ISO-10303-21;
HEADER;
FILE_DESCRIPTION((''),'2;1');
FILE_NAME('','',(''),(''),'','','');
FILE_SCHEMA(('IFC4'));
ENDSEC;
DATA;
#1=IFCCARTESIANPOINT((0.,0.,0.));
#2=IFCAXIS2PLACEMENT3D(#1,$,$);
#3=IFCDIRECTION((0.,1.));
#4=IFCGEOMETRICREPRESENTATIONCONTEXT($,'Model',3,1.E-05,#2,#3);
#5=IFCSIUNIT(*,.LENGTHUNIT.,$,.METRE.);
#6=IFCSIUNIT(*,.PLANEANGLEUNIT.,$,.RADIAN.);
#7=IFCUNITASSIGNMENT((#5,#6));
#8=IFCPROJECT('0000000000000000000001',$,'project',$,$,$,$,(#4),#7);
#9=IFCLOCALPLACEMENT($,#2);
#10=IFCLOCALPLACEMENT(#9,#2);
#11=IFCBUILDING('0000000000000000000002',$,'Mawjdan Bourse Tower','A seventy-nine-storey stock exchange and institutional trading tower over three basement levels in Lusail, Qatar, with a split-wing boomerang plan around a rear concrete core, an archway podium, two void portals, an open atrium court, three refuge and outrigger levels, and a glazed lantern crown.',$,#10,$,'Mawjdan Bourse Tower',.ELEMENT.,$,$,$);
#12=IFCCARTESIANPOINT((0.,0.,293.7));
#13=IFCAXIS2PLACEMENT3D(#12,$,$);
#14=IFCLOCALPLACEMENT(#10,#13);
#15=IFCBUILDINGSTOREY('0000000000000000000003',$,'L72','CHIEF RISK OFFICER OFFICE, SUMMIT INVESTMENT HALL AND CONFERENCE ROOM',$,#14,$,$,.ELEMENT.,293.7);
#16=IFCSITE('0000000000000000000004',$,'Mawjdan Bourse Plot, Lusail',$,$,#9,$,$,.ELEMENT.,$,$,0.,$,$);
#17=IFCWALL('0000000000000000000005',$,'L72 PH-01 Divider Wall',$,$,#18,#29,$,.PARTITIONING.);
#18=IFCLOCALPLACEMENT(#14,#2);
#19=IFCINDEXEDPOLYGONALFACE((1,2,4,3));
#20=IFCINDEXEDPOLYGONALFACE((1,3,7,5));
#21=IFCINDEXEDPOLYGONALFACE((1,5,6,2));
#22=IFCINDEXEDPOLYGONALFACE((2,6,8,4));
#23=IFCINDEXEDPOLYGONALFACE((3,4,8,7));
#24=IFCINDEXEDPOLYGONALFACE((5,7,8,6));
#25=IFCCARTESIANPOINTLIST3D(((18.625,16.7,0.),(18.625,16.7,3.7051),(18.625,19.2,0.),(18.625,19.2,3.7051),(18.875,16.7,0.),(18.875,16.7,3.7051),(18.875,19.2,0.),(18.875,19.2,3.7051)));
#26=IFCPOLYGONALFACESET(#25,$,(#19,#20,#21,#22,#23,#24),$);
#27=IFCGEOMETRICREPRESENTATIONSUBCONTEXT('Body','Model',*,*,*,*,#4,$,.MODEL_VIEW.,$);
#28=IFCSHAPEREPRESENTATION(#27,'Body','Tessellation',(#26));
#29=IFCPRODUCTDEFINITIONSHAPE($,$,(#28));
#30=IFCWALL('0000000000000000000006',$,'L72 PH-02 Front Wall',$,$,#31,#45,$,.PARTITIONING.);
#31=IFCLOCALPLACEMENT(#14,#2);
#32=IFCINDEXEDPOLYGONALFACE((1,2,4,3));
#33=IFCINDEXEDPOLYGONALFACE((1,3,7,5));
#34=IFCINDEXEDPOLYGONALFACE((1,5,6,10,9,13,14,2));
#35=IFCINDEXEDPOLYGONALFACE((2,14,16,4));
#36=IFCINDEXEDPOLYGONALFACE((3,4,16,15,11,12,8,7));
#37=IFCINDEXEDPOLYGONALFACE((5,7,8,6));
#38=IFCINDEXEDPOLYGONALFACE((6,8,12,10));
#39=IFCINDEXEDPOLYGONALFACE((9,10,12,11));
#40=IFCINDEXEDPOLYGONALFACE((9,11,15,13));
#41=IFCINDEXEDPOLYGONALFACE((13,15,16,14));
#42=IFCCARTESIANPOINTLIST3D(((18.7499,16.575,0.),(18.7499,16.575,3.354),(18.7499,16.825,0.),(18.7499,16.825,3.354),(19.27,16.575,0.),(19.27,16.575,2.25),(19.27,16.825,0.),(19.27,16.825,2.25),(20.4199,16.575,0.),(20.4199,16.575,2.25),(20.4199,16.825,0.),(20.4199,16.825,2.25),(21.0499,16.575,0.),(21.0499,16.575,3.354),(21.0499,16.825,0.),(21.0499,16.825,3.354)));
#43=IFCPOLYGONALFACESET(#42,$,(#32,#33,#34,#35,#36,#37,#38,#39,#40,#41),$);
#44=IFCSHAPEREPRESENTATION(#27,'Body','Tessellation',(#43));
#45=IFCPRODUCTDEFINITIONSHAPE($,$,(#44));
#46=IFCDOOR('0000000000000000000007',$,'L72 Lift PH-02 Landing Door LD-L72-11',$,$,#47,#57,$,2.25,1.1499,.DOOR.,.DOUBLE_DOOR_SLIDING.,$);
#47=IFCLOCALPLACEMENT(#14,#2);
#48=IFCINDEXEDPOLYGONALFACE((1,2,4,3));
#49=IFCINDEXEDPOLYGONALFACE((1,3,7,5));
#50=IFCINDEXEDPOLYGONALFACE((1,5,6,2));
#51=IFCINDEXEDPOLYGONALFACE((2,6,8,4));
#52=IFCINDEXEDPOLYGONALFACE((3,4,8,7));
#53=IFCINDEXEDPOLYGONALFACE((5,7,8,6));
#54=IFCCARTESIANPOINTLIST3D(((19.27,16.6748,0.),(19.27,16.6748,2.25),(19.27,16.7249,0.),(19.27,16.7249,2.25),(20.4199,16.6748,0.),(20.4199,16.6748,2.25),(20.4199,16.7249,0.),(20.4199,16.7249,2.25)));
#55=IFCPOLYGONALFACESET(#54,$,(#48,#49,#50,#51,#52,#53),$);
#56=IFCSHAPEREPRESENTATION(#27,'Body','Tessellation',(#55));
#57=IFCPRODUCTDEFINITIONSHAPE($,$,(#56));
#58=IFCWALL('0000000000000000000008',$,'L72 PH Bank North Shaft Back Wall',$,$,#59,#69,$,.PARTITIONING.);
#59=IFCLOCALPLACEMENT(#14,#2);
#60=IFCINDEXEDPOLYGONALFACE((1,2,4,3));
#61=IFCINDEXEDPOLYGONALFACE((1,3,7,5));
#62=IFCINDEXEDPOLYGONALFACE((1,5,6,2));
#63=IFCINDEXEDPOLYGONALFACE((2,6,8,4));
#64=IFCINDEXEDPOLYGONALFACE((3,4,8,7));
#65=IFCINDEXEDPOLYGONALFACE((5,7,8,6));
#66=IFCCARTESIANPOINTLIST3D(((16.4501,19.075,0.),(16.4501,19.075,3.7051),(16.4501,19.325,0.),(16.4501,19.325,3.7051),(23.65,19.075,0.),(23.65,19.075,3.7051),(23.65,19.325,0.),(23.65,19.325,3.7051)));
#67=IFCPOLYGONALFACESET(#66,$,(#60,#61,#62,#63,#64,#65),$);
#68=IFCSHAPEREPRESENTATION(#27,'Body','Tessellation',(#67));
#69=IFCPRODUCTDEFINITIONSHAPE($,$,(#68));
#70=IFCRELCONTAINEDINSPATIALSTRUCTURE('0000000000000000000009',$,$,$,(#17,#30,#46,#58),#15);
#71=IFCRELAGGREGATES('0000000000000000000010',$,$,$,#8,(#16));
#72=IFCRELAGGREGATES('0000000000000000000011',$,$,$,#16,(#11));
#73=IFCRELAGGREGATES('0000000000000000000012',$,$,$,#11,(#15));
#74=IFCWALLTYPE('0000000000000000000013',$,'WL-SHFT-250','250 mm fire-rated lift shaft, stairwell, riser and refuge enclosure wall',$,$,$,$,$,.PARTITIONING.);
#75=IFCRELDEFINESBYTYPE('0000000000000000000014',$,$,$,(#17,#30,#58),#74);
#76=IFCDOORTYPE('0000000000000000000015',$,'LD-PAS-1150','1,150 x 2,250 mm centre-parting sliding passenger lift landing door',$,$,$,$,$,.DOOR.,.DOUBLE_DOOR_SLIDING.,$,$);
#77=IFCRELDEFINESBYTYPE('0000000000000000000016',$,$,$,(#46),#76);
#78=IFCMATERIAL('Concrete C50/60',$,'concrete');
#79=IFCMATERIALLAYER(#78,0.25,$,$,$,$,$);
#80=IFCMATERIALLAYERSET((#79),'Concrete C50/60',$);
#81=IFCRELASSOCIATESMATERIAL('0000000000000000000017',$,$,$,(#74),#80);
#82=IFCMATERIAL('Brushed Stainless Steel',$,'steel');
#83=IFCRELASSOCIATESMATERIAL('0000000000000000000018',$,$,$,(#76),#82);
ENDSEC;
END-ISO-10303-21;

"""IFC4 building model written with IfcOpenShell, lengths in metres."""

from ifc_helpers import new_model, si_unit, direction, frame, frame_2d, origin, place, context, subcontext, project, spatial, rectangle, extrude, material, layer, layer_set, type_object, element, fill, save


model = new_model("IFC4")

# Units and contexts
model_context = context("Model", 3, precision=1e-05, world=origin(), true_north=direction((0.0, 1.0)))
body_context = subcontext(model_context, "Body", "Model", "MODEL_VIEW")
ifc_project = project(units=[si_unit("LENGTHUNIT", "METRE"), si_unit("PLANEANGLEUNIT", "RADIAN")], contexts=[model_context])

# Site, building, storey
site_placement = place(None, origin())
site = spatial("IfcSite", under=ifc_project, at=site_placement, Name="Mawjdan Bourse Plot, Lusail", CompositionType="ELEMENT", RefElevation=0.0)
building_placement = place(site_placement, origin())
building = spatial("IfcBuilding", under=site, at=building_placement, Name="Mawjdan Bourse Tower", Description="A seventy-nine-storey stock exchange and institutional trading tower over three basement levels in Lusail, Qatar, with a split-wing boomerang plan around a rear concrete core, an archway podium, two void portals, an open atrium court, three refuge and outrigger levels, and a glazed lantern crown.", LongName="Mawjdan Bourse Tower", CompositionType="ELEMENT")
storey_placement = place(building_placement, frame((0.0, 0.0, 293.7)))
storey = spatial("IfcBuildingStorey", under=building, at=storey_placement, Name="L72", Description="CHIEF RISK OFFICER OFFICE, SUMMIT INVESTMENT HALL AND CONFERENCE ROOM", CompositionType="ELEMENT", Elevation=293.7)

# Shared definitions
ifc_material_1 = material(Name="Concrete C50/60", Category="concrete")
ifc_layer_1 = layer(ifc_material_1, 0.25)
ifc_layer_set_1 = layer_set([ifc_layer_1], Name="Concrete C50/60")
wall_type_1 = type_object("IfcWallType", Name="WL-SHFT-250", Description="250 mm fire-rated lift shaft, stairwell, riser and refuge enclosure wall", PredefinedType="PARTITIONING", material=ifc_layer_set_1)

# Shared definitions
ifc_material_2 = material(Name="Brushed Stainless Steel", Category="steel")
door_type_1 = type_object("IfcDoorType", Name="LD-PAS-1150", Description="1,150 x 2,250 mm centre-parting sliding passenger lift landing door", OperationType="DOUBLE_DOOR_SLIDING", PredefinedType="DOOR", material=ifc_material_2)

# Wall
wall_1_placement = place(storey_placement, frame((18.75, 16.7, 0.0), z_axis=(0.0, 0.0, 1.0), x_axis=(0.0, 1.0, 0.0)))
element("IfcWall", 1, at=wall_1_placement, inside=storey, type_object=wall_type_1, Name="L72 PH-01 Divider Wall", PredefinedType="PARTITIONING", context=body_context, shape_type="SweptSolid", body=[
    extrude(rectangle(XDim=2.5, YDim=0.25, at=frame_2d((1.25, 0.0))), origin(), (0.0, 0.0, 1.0), 3.7051),
])

# Wall, opening, door
wall_2_placement = place(storey_placement, frame((18.75, 16.7, 0.0), z_axis=(0.0, 0.0, 1.0), x_axis=(1.0, 0.0, 0.0)))
wall_2 = element("IfcWall", 2, at=wall_2_placement, inside=storey, type_object=wall_type_1, Name="L72 PH-02 Front Wall", PredefinedType="PARTITIONING", context=body_context, shape_type="SweptSolid", body=[
    extrude(rectangle(XDim=2.3, YDim=0.25, at=frame_2d((1.1499, 0.0))), origin(), (0.0, 0.0, 1.0), 3.354),
])
opening_1_placement = place(wall_2_placement, frame((0.52, 0.0, 0.0)))
opening_1 = element("IfcOpeningElement", 3, at=opening_1_placement, cuts=wall_2, PredefinedType="OPENING", context=body_context, shape_type="SweptSolid", body=[
    extrude(rectangle(XDim=1.1499, YDim=2.25, at=frame_2d((0.575, 1.125))), frame((0.0, 0.135, 0.0), z_axis=(0.0, -1.0, 0.0), x_axis=(1.0, 0.0, 0.0)), (0.0, 0.0, 1.0), 0.27),
])
door_1_placement = place(opening_1_placement, origin())
door_1 = element("IfcDoor", 4, at=door_1_placement, inside=storey, type_object=door_type_1, Name="L72 Lift PH-02 Landing Door LD-L72-11", OperationType="DOUBLE_DOOR_SLIDING", OverallHeight=2.25, OverallWidth=1.1499, PredefinedType="DOOR", context=body_context, shape_type="SweptSolid", body=[
    extrude(rectangle(XDim=1.1499, YDim=2.25, at=frame_2d((0.575, 1.125))), frame((0.0, 0.0249, 0.0), z_axis=(0.0, -1.0, 0.0), x_axis=(1.0, 0.0, 0.0)), (0.0, 0.0, 1.0), 0.05),
])
fill(opening_1, door_1)

# Wall
wall_3_placement = place(storey_placement, frame((16.45, 19.2, 0.0), z_axis=(0.0, 0.0, 1.0), x_axis=(1.0, 0.0, 0.0)))
element("IfcWall", 5, at=wall_3_placement, inside=storey, type_object=wall_type_1, Name="L72 PH Bank North Shaft Back Wall", PredefinedType="PARTITIONING", context=body_context, shape_type="SweptSolid", body=[
    extrude(rectangle(XDim=7.2, YDim=0.25, at=frame_2d((3.6001, 0.0))), origin(), (0.0, 0.0, 1.0), 3.7051),
])

save(model, "model.ifc")
